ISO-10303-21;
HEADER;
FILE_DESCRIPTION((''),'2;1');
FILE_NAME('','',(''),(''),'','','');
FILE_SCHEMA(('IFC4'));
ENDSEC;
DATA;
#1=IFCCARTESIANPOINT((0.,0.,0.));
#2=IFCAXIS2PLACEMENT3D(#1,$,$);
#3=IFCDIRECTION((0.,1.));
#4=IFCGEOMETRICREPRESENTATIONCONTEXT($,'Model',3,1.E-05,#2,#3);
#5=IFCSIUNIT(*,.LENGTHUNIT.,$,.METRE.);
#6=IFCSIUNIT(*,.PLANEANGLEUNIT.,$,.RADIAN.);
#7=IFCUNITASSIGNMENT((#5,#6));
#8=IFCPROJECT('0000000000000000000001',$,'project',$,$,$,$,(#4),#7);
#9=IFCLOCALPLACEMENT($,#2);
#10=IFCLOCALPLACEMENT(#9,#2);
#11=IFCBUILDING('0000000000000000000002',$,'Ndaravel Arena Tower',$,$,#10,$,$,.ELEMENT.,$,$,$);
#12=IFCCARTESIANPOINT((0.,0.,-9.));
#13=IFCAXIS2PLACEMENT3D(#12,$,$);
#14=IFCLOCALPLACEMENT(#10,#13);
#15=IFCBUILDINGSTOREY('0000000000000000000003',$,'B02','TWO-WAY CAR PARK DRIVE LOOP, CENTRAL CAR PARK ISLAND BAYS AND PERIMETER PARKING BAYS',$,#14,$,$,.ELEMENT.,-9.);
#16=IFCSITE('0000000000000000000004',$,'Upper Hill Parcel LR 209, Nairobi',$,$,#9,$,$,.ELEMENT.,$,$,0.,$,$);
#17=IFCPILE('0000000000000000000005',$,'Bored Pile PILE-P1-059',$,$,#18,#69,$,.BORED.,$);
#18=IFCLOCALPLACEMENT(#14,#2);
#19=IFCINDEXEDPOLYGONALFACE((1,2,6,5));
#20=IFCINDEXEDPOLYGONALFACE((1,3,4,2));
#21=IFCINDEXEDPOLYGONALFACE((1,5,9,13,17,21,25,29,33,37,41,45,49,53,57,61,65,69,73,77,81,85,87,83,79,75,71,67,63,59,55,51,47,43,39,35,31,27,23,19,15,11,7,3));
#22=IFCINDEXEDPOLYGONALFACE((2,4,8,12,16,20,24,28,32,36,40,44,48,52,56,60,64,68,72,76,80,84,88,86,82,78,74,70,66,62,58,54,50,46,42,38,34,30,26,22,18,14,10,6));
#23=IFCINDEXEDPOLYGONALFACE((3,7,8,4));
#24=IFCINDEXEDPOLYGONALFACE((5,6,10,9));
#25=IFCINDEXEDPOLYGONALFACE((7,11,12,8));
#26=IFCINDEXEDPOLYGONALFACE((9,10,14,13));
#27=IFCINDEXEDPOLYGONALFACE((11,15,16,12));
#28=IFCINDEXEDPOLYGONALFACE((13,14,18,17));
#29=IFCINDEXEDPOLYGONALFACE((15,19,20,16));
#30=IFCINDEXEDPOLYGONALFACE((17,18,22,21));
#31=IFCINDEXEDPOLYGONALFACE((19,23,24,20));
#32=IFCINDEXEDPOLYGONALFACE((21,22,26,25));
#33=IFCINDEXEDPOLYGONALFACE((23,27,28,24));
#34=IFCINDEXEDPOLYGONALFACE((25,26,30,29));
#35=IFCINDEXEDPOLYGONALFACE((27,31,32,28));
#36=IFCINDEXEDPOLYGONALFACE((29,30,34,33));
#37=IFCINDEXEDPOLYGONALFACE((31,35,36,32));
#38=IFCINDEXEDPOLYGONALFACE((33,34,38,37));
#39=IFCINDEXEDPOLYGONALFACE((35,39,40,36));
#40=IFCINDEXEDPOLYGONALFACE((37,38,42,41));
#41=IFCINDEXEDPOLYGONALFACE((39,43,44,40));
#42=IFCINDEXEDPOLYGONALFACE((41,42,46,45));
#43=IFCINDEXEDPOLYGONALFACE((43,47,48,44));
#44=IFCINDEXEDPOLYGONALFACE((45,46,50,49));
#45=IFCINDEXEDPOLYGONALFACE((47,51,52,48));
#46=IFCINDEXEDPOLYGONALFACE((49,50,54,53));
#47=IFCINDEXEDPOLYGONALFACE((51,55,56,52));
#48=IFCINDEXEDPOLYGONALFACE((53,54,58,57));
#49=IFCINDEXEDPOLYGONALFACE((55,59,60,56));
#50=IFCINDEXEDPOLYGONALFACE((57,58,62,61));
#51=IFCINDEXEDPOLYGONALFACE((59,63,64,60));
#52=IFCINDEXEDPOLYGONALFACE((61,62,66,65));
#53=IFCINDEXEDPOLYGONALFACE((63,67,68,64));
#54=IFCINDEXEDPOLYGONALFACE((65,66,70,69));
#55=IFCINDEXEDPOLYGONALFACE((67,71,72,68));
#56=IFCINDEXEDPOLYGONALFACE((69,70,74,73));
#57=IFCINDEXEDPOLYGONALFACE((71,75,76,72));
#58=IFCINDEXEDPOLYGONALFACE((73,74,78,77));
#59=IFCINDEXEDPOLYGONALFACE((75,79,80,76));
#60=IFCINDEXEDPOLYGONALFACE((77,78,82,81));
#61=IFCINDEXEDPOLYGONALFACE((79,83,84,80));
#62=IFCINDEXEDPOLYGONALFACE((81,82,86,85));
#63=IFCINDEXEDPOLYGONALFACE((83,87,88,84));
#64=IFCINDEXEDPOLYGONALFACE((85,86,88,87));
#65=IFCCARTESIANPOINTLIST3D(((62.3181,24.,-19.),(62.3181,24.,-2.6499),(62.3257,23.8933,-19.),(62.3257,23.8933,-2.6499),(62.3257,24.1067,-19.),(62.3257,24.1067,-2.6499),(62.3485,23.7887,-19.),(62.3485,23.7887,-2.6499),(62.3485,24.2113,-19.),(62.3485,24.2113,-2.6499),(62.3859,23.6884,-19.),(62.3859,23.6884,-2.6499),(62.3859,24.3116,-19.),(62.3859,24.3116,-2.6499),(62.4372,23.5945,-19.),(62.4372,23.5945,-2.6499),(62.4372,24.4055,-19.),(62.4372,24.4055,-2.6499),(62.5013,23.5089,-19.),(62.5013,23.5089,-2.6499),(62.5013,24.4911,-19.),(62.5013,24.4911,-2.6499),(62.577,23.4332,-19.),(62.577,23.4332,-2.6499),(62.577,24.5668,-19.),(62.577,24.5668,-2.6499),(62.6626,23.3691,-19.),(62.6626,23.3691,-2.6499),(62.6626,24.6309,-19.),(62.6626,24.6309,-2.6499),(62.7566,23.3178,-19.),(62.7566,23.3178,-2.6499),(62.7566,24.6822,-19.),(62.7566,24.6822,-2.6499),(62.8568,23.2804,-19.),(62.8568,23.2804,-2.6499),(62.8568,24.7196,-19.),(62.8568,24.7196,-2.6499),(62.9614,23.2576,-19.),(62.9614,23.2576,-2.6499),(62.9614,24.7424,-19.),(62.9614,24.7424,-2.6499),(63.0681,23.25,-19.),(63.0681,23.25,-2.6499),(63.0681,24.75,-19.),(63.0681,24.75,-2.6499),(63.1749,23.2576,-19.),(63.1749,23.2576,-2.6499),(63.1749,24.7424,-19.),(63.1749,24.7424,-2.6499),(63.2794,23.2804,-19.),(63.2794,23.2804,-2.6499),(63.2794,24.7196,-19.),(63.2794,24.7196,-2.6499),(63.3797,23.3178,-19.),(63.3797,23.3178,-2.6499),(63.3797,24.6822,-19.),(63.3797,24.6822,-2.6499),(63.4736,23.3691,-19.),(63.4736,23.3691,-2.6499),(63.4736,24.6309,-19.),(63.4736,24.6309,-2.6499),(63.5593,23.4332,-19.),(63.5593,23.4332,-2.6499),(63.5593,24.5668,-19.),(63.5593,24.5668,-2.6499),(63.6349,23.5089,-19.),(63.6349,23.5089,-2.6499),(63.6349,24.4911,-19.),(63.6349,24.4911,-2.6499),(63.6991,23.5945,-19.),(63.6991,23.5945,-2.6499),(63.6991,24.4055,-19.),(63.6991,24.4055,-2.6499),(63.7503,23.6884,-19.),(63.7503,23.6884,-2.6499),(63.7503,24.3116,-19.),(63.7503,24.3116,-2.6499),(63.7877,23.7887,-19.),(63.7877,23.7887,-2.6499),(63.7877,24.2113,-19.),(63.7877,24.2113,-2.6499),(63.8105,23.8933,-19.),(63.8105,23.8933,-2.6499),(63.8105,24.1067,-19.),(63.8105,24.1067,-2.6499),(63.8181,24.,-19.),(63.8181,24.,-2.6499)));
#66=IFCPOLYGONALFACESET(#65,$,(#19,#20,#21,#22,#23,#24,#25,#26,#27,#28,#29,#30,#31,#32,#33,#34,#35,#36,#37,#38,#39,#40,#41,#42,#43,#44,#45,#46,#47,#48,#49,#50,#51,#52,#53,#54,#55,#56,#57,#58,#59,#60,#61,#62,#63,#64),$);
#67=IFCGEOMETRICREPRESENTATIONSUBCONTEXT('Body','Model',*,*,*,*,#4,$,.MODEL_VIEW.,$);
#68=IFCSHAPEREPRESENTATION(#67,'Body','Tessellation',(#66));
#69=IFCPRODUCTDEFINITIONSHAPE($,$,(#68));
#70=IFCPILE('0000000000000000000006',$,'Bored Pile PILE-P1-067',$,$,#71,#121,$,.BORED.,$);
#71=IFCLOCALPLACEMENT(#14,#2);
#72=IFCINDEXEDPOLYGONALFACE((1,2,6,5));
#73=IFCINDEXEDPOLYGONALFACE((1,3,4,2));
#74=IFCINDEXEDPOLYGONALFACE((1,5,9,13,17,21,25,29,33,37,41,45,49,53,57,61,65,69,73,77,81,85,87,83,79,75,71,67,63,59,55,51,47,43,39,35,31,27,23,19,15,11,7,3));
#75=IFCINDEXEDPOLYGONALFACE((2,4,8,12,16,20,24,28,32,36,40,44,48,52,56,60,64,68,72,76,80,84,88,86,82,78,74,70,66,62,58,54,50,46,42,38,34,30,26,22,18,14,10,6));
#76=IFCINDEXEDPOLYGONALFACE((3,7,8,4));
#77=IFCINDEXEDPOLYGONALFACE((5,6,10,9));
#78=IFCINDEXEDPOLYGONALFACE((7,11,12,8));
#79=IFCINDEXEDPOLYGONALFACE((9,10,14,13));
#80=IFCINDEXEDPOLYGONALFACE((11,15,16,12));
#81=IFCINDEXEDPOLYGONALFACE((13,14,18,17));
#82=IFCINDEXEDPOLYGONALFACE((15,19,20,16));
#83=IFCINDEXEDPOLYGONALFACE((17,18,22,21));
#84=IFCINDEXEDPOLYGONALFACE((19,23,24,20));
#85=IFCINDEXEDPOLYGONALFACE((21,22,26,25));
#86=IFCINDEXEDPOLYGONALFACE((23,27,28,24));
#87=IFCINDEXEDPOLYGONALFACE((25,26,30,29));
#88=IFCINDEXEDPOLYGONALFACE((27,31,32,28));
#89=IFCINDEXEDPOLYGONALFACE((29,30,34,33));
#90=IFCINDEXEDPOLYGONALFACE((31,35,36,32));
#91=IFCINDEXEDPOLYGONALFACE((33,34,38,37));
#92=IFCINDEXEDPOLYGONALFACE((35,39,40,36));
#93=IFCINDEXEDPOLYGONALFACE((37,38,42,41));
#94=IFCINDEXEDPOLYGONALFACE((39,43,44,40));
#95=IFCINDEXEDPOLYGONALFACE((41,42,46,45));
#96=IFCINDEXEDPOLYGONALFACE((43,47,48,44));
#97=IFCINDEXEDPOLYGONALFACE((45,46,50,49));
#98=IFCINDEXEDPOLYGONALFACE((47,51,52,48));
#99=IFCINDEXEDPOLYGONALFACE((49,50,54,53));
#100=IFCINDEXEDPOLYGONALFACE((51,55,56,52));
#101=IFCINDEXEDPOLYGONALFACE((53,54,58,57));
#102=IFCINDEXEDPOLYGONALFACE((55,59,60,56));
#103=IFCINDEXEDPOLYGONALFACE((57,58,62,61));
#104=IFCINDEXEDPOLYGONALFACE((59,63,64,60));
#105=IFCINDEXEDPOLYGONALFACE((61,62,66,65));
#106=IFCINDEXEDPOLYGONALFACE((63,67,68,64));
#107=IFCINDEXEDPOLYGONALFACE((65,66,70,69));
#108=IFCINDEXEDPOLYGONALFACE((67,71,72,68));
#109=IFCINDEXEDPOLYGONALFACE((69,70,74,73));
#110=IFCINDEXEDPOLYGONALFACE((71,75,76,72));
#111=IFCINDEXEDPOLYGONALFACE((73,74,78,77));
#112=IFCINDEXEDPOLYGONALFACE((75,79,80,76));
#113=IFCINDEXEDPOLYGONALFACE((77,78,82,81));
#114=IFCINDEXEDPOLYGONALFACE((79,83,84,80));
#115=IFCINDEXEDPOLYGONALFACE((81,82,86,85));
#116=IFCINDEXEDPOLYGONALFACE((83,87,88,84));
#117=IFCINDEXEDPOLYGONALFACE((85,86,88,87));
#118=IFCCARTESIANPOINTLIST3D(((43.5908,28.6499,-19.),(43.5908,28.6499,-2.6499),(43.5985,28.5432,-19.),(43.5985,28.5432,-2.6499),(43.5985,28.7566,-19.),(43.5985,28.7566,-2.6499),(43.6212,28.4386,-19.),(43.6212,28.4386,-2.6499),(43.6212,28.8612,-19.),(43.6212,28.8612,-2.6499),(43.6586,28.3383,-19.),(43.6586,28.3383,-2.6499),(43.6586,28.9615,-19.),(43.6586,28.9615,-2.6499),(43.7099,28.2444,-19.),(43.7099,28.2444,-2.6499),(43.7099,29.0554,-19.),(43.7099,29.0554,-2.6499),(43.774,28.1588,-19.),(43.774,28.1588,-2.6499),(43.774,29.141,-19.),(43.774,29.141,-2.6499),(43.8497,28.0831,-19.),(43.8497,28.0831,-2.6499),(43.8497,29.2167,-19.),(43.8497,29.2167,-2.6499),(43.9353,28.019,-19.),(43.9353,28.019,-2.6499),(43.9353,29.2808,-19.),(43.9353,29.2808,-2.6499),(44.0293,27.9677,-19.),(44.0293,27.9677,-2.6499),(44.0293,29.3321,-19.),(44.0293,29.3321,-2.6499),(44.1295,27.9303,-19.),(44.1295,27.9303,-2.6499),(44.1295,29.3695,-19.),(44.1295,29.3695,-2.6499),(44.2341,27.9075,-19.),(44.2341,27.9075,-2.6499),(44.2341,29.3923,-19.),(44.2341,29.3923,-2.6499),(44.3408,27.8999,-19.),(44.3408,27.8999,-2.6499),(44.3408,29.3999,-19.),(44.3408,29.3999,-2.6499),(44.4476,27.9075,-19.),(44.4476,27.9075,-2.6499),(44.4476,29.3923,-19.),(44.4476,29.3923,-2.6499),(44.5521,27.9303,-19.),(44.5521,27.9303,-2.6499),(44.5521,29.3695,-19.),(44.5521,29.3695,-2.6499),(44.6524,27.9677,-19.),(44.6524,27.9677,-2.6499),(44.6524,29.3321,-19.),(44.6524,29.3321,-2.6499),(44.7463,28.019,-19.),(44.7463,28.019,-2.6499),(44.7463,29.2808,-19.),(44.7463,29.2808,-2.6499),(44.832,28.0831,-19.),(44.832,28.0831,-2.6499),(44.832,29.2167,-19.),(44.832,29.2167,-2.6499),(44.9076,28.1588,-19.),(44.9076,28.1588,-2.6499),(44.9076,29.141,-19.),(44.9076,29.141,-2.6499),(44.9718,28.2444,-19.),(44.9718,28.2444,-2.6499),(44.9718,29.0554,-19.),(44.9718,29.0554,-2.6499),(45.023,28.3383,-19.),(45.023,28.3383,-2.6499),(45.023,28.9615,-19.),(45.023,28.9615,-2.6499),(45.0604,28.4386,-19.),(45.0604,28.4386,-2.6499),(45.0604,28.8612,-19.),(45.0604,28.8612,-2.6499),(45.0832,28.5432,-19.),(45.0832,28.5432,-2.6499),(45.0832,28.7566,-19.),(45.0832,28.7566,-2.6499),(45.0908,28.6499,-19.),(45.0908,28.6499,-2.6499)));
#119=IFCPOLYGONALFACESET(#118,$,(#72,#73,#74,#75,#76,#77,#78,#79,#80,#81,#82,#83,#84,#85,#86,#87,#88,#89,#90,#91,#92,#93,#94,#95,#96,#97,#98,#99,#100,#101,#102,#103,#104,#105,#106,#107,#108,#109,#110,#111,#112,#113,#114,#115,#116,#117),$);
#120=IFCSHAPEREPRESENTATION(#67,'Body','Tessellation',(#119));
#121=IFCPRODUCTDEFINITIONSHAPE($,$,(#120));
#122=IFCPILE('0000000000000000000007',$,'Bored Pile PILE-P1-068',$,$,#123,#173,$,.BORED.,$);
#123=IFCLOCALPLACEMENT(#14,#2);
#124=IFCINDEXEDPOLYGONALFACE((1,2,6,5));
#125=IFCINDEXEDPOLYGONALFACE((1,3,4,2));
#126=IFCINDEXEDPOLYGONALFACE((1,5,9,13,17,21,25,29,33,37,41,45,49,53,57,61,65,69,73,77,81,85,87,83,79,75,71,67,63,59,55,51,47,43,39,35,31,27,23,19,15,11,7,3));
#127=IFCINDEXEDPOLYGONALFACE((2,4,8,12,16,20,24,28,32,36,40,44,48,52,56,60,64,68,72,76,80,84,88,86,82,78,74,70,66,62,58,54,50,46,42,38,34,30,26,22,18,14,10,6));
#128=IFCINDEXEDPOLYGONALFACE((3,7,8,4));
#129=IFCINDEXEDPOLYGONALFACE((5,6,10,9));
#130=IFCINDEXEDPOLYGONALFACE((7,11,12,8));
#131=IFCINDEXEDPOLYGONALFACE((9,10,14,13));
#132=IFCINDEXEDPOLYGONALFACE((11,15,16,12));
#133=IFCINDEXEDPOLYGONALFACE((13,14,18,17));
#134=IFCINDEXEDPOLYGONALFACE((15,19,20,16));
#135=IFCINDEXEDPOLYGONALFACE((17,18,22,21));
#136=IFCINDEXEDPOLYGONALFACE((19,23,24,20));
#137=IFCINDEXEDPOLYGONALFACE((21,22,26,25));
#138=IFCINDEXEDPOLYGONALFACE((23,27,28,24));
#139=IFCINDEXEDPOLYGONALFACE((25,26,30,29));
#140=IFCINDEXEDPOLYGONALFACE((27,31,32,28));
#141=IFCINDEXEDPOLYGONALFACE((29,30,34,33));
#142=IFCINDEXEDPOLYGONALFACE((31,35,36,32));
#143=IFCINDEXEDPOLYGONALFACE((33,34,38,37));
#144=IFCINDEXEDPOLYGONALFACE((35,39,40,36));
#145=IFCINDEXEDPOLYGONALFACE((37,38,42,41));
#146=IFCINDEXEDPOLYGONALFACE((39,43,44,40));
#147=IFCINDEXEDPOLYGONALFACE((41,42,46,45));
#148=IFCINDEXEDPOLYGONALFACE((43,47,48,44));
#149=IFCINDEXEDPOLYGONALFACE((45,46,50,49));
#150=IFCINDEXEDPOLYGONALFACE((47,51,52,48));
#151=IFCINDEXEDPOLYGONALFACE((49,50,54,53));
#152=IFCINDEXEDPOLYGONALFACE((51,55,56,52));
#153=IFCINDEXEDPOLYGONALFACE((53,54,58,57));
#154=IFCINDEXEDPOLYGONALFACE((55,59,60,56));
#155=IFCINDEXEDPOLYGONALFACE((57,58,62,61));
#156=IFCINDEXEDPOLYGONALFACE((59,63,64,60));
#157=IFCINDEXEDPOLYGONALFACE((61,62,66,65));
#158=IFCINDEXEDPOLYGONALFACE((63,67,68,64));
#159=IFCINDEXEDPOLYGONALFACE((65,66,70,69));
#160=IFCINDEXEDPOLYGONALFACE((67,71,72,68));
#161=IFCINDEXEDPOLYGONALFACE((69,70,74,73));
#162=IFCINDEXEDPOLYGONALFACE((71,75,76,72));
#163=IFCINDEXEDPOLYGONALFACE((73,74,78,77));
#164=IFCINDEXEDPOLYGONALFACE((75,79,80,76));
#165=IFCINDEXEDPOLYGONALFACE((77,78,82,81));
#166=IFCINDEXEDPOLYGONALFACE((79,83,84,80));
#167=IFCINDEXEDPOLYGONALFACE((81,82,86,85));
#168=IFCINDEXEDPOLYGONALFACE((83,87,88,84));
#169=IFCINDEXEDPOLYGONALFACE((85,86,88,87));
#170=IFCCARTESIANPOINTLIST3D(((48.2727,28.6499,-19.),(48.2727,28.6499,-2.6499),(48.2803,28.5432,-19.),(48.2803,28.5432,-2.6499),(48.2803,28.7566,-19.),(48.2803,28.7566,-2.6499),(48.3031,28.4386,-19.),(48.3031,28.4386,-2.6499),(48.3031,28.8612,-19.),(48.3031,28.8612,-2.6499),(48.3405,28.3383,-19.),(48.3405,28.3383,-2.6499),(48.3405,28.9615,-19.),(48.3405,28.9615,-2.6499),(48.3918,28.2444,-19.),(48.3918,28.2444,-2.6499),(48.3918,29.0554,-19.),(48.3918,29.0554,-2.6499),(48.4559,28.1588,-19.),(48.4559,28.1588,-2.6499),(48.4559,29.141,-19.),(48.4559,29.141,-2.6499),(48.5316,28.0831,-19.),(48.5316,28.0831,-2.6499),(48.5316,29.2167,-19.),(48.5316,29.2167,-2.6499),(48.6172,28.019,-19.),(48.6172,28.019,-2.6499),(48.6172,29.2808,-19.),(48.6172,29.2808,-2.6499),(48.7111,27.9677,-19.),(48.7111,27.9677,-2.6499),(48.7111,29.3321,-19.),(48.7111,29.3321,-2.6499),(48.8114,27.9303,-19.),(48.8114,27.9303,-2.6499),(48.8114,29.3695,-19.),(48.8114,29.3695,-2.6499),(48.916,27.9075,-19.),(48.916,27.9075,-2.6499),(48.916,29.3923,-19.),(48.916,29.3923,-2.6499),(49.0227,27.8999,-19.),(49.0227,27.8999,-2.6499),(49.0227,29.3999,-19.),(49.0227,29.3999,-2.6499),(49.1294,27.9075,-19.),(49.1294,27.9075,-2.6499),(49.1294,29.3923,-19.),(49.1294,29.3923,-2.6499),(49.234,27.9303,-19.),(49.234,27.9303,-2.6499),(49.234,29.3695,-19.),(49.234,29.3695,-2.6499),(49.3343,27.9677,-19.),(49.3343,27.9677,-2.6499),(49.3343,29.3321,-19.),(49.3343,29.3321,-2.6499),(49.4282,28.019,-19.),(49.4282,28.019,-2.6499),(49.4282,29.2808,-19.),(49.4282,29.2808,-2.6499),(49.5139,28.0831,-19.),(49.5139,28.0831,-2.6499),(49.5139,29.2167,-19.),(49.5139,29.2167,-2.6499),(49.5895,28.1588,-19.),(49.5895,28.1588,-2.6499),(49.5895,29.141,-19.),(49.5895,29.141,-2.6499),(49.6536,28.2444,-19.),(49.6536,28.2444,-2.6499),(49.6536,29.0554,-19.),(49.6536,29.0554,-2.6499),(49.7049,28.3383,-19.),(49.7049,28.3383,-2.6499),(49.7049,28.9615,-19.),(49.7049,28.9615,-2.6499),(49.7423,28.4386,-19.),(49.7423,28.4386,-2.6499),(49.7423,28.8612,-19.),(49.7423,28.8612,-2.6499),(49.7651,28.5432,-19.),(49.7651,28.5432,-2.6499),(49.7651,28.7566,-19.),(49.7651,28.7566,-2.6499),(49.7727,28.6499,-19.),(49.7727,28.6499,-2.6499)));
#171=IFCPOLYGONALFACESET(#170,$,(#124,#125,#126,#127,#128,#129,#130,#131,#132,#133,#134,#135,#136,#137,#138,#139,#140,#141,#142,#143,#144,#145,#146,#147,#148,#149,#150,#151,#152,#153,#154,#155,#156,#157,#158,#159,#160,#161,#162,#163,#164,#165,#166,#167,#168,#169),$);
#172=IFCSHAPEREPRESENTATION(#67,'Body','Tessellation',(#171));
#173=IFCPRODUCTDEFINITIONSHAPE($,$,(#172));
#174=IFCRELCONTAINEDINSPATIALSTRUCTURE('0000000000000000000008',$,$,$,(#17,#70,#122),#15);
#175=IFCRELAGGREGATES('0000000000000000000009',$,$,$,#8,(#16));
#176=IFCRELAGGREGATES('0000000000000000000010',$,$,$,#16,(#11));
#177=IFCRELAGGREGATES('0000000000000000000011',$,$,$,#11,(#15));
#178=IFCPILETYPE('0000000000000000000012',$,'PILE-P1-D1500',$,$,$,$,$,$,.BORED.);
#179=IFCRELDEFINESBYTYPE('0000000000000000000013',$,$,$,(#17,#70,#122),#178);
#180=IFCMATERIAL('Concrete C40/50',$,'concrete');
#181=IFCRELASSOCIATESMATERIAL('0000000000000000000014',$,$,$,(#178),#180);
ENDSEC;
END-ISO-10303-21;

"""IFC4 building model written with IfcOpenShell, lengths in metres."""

from ifc_helpers import new_model, si_unit, direction, frame, origin, origin_2d, place, context, subcontext, project, spatial, circle, extrude, material, material_profile, profile_set, type_object, element, save


model = new_model("IFC4")

# Units and contexts
model_context = context("Model", 3, precision=1e-05, world=origin(), true_north=direction((0.0, 1.0)))
body_context = subcontext(model_context, "Body", "Model", "MODEL_VIEW")
ifc_project = project(units=[si_unit("LENGTHUNIT", "METRE"), si_unit("PLANEANGLEUNIT", "RADIAN")], contexts=[model_context])

# Site, building, storey
site_placement = place(None, origin())
site = spatial("IfcSite", under=ifc_project, at=site_placement, Name="Upper Hill Parcel LR 209, Nairobi", CompositionType="ELEMENT", RefElevation=0.0)
building_placement = place(site_placement, origin())
building = spatial("IfcBuilding", under=site, at=building_placement, Name="Ndaravel Arena Tower", CompositionType="ELEMENT")
storey_placement = place(building_placement, frame((0.0, 0.0, -9.0)))
storey = spatial("IfcBuildingStorey", under=building, at=storey_placement, Name="B02", Description="TWO-WAY CAR PARK DRIVE LOOP, CENTRAL CAR PARK ISLAND BAYS AND PERIMETER PARKING BAYS", CompositionType="ELEMENT", Elevation=-9.0)

# Piles
ifc_material_1 = material(Name="Concrete C40/50", Category="concrete")
ifc_material_profile_1 = material_profile(ifc_material_1, circle(Radius=0.75, at=origin_2d()), Name="BORED PILE D1500")
ifc_profile_set_1 = profile_set([ifc_material_profile_1], Name="Concrete C40/50")
pile_type = type_object("IfcPileType", Name="PILE-P1-D1500", PredefinedType="BORED", material=ifc_profile_set_1)
for number, where, z_axis, x_axis, name in (
    (1, (63.0681, 24.0, -2.6499), (0.0, 0.0, -1.0), (1.0, 0.0, 0.0), "Bored Pile PILE-P1-059"),
    (2, (44.3408, 28.6499, -2.6499), (0.0, 0.0, -1.0), (1.0, 0.0, 0.0), "Bored Pile PILE-P1-067"),
    (3, (49.0227, 28.6499, -2.6499), (0.0, 0.0, -1.0), (1.0, 0.0, 0.0), "Bored Pile PILE-P1-068"),
):
    element("IfcPile", number, at=place(storey_placement, frame(where, z_axis=z_axis, x_axis=x_axis)), inside=storey, type_object=pile_type, Name=name, PredefinedType="BORED", context=body_context, shape_type="SweptSolid", body=[
        extrude(circle(Radius=0.75, at=origin_2d()), origin(), (0.0, 0.0, 1.0), 16.3501),
    ])

save(model, "model.ifc")
